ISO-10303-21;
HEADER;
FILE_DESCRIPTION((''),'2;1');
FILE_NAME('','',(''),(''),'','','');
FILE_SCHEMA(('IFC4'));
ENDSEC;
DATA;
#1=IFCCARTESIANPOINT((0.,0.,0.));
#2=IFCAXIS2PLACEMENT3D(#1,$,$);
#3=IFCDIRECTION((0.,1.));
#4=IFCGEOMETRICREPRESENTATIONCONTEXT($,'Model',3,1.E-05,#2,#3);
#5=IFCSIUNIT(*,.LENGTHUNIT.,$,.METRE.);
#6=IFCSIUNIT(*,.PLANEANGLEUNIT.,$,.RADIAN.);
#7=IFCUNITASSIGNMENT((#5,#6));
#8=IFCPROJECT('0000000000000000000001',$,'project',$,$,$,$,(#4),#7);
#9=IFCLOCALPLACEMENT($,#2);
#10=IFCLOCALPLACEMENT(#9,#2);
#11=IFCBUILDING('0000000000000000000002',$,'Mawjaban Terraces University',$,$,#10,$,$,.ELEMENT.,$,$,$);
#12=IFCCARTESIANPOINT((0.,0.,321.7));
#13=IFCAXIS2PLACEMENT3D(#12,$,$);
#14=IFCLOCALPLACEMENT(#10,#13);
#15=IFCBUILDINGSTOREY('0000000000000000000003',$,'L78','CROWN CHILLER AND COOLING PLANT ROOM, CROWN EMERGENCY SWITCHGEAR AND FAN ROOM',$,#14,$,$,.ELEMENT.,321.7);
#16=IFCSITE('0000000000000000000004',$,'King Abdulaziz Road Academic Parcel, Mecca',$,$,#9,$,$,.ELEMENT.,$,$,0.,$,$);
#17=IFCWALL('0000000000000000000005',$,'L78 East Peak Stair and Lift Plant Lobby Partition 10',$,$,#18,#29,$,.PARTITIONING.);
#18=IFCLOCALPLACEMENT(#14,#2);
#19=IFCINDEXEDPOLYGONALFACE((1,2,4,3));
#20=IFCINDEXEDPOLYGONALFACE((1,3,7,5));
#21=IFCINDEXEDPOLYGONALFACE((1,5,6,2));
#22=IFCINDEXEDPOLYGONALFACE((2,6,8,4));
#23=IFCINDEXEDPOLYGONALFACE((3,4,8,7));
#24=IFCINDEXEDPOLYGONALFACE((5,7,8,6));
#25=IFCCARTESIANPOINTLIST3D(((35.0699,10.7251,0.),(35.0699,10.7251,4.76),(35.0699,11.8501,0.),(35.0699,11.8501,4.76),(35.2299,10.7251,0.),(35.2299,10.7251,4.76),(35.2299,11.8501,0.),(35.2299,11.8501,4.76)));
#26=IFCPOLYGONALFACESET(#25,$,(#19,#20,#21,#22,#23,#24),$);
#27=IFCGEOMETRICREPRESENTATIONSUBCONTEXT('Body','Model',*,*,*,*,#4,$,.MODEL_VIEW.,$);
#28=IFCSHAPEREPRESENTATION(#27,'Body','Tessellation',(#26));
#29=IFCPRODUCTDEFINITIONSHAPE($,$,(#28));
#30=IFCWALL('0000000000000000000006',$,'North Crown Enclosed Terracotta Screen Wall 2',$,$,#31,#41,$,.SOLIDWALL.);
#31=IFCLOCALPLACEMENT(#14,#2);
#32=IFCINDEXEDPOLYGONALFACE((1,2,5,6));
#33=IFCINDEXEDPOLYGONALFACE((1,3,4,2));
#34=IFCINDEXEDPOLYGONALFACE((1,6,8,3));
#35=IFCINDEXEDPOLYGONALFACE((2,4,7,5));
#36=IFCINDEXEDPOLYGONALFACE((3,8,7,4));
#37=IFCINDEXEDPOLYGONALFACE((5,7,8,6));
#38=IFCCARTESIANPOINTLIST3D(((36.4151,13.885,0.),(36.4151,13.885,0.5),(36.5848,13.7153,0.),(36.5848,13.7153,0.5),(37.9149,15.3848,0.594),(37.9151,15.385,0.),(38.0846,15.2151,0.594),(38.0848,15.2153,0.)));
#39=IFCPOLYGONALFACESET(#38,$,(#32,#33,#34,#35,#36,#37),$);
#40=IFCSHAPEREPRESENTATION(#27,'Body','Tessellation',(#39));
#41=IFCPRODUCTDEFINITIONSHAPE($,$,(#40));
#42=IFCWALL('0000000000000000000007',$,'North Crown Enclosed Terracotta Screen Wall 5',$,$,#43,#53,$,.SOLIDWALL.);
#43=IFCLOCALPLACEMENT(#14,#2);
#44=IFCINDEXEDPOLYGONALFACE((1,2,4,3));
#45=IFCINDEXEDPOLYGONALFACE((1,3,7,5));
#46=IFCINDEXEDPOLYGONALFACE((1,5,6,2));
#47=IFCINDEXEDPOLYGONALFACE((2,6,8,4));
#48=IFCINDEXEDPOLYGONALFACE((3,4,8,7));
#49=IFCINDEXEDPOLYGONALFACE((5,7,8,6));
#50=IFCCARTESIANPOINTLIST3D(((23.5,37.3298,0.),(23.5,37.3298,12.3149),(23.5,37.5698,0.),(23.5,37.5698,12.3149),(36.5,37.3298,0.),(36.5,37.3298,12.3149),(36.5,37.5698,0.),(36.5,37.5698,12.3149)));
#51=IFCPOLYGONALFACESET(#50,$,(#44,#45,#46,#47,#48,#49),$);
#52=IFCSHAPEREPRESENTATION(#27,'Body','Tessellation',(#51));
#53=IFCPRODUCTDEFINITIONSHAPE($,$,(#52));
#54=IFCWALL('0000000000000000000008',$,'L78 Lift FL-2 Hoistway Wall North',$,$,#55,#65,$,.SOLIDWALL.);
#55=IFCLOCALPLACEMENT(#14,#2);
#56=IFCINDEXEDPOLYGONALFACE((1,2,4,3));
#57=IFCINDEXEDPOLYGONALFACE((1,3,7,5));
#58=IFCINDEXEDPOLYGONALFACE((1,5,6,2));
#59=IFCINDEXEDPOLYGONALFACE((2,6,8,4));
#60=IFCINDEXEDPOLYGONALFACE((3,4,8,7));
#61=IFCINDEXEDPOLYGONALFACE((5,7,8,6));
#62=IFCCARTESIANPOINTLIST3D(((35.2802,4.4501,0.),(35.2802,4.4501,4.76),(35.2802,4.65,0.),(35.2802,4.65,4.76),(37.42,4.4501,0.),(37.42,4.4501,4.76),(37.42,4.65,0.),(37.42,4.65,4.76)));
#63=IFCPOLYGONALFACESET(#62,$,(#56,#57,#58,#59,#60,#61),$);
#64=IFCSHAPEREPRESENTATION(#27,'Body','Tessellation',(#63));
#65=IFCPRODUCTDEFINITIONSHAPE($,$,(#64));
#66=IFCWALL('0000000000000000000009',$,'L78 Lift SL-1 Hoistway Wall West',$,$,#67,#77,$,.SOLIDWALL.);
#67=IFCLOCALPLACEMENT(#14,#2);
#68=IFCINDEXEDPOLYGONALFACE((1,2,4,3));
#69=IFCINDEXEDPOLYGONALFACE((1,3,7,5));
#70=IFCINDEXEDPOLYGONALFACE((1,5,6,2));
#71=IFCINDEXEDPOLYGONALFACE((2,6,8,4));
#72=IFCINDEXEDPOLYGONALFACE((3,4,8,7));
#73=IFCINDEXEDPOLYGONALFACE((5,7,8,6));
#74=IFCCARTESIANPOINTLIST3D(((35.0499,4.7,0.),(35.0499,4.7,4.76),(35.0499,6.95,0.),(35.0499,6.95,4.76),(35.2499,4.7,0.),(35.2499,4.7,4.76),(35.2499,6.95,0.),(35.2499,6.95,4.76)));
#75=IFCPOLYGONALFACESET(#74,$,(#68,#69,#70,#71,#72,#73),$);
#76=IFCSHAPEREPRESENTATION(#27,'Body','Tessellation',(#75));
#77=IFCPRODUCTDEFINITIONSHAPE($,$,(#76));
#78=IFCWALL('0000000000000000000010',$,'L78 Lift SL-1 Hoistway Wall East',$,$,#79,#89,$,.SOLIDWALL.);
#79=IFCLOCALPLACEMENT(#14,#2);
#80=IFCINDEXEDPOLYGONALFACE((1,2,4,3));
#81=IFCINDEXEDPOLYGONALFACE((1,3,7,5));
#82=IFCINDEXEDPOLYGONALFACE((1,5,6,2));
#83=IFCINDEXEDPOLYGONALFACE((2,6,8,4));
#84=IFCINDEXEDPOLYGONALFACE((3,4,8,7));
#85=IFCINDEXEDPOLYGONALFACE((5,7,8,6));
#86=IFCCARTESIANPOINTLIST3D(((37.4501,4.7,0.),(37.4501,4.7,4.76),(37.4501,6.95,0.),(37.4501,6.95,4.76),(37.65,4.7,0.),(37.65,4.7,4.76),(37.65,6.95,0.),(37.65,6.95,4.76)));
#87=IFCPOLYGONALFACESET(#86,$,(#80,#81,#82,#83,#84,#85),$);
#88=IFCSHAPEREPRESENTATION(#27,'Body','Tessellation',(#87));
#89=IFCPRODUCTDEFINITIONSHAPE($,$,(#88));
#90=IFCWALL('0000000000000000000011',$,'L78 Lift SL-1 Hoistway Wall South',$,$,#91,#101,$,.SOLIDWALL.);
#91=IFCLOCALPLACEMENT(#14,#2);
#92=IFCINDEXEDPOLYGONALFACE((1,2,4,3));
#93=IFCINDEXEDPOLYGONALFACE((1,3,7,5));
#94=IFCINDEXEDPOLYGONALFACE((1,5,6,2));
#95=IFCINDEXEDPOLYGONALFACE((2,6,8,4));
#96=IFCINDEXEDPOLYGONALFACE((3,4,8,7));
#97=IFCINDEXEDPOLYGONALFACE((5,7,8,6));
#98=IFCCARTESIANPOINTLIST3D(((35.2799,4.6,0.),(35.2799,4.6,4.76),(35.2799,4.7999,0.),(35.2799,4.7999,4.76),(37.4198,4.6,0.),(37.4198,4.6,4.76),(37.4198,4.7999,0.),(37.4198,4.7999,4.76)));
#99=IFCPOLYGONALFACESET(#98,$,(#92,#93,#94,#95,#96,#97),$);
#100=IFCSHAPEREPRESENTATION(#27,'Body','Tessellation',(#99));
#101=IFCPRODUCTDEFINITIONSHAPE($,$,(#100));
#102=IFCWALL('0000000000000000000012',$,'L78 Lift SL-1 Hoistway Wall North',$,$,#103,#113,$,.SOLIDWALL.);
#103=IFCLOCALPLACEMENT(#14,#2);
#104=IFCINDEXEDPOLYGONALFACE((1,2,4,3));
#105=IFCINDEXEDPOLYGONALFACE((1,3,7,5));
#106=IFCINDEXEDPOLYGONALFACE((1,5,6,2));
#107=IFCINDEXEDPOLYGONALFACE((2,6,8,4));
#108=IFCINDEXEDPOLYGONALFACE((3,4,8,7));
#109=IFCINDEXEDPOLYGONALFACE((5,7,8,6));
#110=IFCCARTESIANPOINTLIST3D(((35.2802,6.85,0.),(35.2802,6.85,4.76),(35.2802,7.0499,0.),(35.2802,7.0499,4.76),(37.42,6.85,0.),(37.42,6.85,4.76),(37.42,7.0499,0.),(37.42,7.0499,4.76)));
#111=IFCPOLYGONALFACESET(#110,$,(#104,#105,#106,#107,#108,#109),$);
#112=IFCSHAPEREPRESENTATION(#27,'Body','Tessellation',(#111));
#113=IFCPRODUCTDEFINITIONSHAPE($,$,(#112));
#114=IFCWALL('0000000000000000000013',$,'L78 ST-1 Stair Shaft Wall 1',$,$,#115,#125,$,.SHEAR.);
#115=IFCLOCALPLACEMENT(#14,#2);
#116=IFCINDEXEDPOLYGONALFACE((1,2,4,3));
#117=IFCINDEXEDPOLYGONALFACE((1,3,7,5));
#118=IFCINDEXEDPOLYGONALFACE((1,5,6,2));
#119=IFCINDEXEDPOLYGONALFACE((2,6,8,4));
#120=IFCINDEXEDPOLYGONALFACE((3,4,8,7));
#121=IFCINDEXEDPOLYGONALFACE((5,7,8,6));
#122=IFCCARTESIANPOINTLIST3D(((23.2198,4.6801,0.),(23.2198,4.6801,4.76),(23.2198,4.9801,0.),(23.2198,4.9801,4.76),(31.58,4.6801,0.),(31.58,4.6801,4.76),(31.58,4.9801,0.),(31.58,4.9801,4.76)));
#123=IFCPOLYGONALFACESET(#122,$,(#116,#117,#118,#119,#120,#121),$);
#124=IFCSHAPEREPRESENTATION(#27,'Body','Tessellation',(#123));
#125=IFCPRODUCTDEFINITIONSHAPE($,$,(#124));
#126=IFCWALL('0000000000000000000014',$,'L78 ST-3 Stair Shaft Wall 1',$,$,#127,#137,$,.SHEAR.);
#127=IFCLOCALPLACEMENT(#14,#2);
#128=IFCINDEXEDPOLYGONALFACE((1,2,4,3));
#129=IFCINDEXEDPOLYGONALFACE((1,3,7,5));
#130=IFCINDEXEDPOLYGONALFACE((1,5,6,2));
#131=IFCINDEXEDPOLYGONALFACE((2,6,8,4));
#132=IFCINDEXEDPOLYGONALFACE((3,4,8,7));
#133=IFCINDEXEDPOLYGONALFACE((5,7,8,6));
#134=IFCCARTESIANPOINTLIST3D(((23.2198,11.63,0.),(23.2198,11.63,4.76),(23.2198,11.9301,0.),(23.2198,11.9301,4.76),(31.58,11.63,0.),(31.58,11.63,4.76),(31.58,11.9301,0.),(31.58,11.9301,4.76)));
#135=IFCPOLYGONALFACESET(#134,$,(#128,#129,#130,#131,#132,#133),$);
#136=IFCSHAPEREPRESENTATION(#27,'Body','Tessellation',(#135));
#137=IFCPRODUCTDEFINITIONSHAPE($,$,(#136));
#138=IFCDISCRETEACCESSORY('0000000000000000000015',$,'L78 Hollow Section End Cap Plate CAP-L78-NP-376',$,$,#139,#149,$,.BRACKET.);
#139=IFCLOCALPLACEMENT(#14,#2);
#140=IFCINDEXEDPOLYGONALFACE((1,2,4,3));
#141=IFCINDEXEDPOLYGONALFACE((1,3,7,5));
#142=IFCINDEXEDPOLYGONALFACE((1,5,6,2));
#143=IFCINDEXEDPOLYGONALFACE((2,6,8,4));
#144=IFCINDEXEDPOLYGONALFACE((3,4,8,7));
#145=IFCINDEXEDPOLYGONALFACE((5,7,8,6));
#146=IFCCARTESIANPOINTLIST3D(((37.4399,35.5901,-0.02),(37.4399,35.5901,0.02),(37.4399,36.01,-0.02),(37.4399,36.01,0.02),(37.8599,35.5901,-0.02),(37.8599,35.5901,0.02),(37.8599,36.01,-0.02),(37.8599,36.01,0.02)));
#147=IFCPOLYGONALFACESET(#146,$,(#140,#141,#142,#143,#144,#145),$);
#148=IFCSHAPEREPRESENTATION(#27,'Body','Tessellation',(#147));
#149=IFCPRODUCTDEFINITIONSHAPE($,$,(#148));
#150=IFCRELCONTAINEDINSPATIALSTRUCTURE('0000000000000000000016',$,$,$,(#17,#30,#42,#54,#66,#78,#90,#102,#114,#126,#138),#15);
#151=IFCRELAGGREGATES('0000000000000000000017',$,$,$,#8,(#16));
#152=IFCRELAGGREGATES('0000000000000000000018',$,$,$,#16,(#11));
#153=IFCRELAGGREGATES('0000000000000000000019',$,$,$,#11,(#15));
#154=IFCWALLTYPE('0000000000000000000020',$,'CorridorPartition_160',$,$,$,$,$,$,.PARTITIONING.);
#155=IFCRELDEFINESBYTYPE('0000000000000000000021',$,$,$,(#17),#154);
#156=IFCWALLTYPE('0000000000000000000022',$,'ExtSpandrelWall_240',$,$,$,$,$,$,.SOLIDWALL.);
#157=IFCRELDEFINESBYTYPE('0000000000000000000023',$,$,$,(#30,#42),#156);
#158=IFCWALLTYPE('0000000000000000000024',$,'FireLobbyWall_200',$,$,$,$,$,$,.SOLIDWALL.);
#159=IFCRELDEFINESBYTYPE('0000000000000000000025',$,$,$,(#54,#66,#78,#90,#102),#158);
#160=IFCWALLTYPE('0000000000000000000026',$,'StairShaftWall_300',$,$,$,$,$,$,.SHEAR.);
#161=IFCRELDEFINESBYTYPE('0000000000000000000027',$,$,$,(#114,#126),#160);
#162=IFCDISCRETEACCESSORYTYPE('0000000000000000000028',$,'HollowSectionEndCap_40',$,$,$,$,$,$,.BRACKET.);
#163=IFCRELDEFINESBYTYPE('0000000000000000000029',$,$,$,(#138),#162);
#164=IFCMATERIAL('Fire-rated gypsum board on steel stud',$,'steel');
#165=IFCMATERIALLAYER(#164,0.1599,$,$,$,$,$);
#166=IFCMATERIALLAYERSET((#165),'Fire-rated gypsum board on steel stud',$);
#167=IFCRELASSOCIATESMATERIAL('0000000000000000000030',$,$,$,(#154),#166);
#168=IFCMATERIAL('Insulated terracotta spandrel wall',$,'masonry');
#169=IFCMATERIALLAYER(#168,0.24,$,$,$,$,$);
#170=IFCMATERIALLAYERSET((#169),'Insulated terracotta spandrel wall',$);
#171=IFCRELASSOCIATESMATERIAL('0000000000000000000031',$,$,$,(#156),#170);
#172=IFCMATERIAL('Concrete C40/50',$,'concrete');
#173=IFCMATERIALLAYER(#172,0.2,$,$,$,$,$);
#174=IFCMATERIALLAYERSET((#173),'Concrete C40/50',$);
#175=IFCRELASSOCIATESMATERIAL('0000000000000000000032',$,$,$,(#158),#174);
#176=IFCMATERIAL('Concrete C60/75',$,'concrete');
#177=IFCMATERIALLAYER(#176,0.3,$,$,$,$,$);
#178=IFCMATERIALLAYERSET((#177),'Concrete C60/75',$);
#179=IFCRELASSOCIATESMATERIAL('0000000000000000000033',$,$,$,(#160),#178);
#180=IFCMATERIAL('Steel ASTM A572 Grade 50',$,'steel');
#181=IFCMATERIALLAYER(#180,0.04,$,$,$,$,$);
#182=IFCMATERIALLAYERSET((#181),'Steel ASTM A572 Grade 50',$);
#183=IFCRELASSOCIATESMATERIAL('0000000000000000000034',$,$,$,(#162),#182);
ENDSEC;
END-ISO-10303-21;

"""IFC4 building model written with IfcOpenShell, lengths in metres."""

from ifc_helpers import new_model, si_unit, direction, frame, frame_2d, origin, origin_2d, place, context, subcontext, project, spatial, polyline, rectangle, outline, extrude, material, layer, layer_set, type_object, element, save


model = new_model("IFC4")

# Units and contexts
model_context = context("Model", 3, precision=1e-05, world=origin(), true_north=direction((0.0, 1.0)))
body_context = subcontext(model_context, "Body", "Model", "MODEL_VIEW")
ifc_project = project(units=[si_unit("LENGTHUNIT", "METRE"), si_unit("PLANEANGLEUNIT", "RADIAN")], contexts=[model_context])

# Site, building, storey
site_placement = place(None, origin())
site = spatial("IfcSite", under=ifc_project, at=site_placement, Name="King Abdulaziz Road Academic Parcel, Mecca", CompositionType="ELEMENT", RefElevation=0.0)
building_placement = place(site_placement, origin())
building = spatial("IfcBuilding", under=site, at=building_placement, Name="Mawjaban Terraces University", CompositionType="ELEMENT")
storey_placement = place(building_placement, frame((0.0, 0.0, 321.7)))
storey = spatial("IfcBuildingStorey", under=building, at=storey_placement, Name="L78", Description="CROWN CHILLER AND COOLING PLANT ROOM, CROWN EMERGENCY SWITCHGEAR AND FAN ROOM", CompositionType="ELEMENT", Elevation=321.7)

# Shared definitions
ifc_material_1 = material(Name="Fire-rated gypsum board on steel stud", Category="steel")
ifc_layer_1 = layer(ifc_material_1, 0.1599)
ifc_layer_set_1 = layer_set([ifc_layer_1], Name="Fire-rated gypsum board on steel stud")
wall_type_1 = type_object("IfcWallType", Name="CorridorPartition_160", PredefinedType="PARTITIONING", material=ifc_layer_set_1)

# Walls
wall_1_placement = place(storey_placement, frame((35.1499, 10.7251, 0.0), z_axis=(0.0, 0.0, 1.0), x_axis=(0.0, 1.0, 0.0)))
element("IfcWall", 1, at=wall_1_placement, inside=storey, type_object=wall_type_1, Name="L78 East Peak Stair and Lift Plant Lobby Partition 10", PredefinedType="PARTITIONING", context=body_context, shape_type="SweptSolid", body=[
    extrude(rectangle(XDim=1.125, YDim=0.1599, at=frame_2d((0.5625, 0.0))), origin(), (0.0, 0.0, 1.0), 4.76),
])
ifc_material_2 = material(Name="Insulated terracotta spandrel wall", Category="masonry")
ifc_layer_2 = layer(ifc_material_2, 0.24)
ifc_layer_set_2 = layer_set([ifc_layer_2], Name="Insulated terracotta spandrel wall")
wall_type_2 = type_object("IfcWallType", Name="ExtSpandrelWall_240", PredefinedType="SOLIDWALL", material=ifc_layer_set_2)
wall_2_placement = place(storey_placement, frame((36.5, 13.8, 0.0), z_axis=(0.0, 0.0, 1.0), x_axis=(0.707107, 0.707107, 0.0)))
element("IfcWall", 2, at=wall_2_placement, inside=storey, type_object=wall_type_2, Name="North Crown Enclosed Terracotta Screen Wall 2", PredefinedType="SOLIDWALL", context=body_context, shape_type="SweptSolid", body=[
    extrude(outline(polyline([(0.0, 0.0), (2.1213, 0.0), (2.1211, 0.594), (0.0, 0.5), (0.0, 0.0)])), frame((0.0, 0.1201, 0.0), z_axis=(0.0, -1.0, 0.0), x_axis=(1.0, 0.0, 0.0)), (0.0, 0.0, 1.0), 0.24),
])
wall_3_placement = place(storey_placement, frame((36.5, 37.45, 0.0), z_axis=(0.0, 0.0, 1.0), x_axis=(-1.0, 0.0, 0.0)))
element("IfcWall", 3, at=wall_3_placement, inside=storey, type_object=wall_type_2, Name="North Crown Enclosed Terracotta Screen Wall 5", PredefinedType="SOLIDWALL", context=body_context, shape_type="SweptSolid", body=[
    extrude(outline(polyline([(0.0, 0.0), (13.0, 0.0), (13.0, 12.3149), (0.0, 12.3149), (0.0, 0.0)])), frame((0.0, 0.1201, 0.0), z_axis=(0.0, -1.0, 0.0), x_axis=(1.0, 0.0, 0.0)), (0.0, 0.0, 1.0), 0.24),
])
ifc_material_3 = material(Name="Concrete C40/50", Category="concrete")
ifc_layer_3 = layer(ifc_material_3, 0.2)
ifc_layer_set_3 = layer_set([ifc_layer_3], Name="Concrete C40/50")
wall_type_3 = type_object("IfcWallType", Name="FireLobbyWall_200", PredefinedType="SOLIDWALL", material=ifc_layer_set_3)
wall_4_placement = place(storey_placement, frame((37.4199, 4.55, 0.0), z_axis=(0.0, 0.0, 1.0), x_axis=(-1.0, 0.0, 0.0)))
element("IfcWall", 4, at=wall_4_placement, inside=storey, type_object=wall_type_3, Name="L78 Lift FL-2 Hoistway Wall North", PredefinedType="SOLIDWALL", context=body_context, shape_type="SweptSolid", body=[
    extrude(rectangle(XDim=2.1399, YDim=0.2, at=frame_2d((1.0698, 0.0))), origin(), (0.0, 0.0, 1.0), 4.76),
])
for number, where, z_axis, x_axis, name in (
    (5, (35.1499, 6.95, 0.0), (0.0, 0.0, 1.0), (0.0, -1.0, 0.0), "L78 Lift SL-1 Hoistway Wall West"),
    (6, (37.55, 4.7, 0.0), (0.0, 0.0, 1.0), (0.0, 1.0, 0.0), "L78 Lift SL-1 Hoistway Wall East"),
):
    element("IfcWall", number, at=place(storey_placement, frame(where, z_axis=z_axis, x_axis=x_axis)), inside=storey, type_object=wall_type_3, Name=name, PredefinedType="SOLIDWALL", context=body_context, shape_type="SweptSolid", body=[
        extrude(rectangle(XDim=2.25, YDim=0.2, at=frame_2d((1.125, 0.0))), origin(), (0.0, 0.0, 1.0), 4.76),
    ])
for number, where, z_axis, x_axis, name in (
    (7, (35.28, 4.7, 0.0), (0.0, 0.0, 1.0), (1.0, 0.0, 0.0), "L78 Lift SL-1 Hoistway Wall South"),
    (8, (37.4199, 6.95, 0.0), (0.0, 0.0, 1.0), (-1.0, 0.0, 0.0), "L78 Lift SL-1 Hoistway Wall North"),
):
    element("IfcWall", number, at=place(storey_placement, frame(where, z_axis=z_axis, x_axis=x_axis)), inside=storey, type_object=wall_type_3, Name=name, PredefinedType="SOLIDWALL", context=body_context, shape_type="SweptSolid", body=[
        extrude(rectangle(XDim=2.1399, YDim=0.2, at=frame_2d((1.0698, 0.0))), origin(), (0.0, 0.0, 1.0), 4.76),
    ])
ifc_material_4 = material(Name="Concrete C60/75", Category="concrete")
ifc_layer_4 = layer(ifc_material_4, 0.3)
ifc_layer_set_4 = layer_set([ifc_layer_4], Name="Concrete C60/75")
wall_type_4 = type_object("IfcWallType", Name="StairShaftWall_300", PredefinedType="SHEAR", material=ifc_layer_set_4)
for number, where, z_axis, x_axis, name in (
    (9, (31.5801, 4.8301, 0.0), (0.0, 0.0, 1.0), (-1.0, 0.0, 0.0), "L78 ST-1 Stair Shaft Wall 1"),
    (10, (31.5801, 11.78, 0.0), (0.0, 0.0, 1.0), (-1.0, 0.0, 0.0), "L78 ST-3 Stair Shaft Wall 1"),
):
    element("IfcWall", number, at=place(storey_placement, frame(where, z_axis=z_axis, x_axis=x_axis)), inside=storey, type_object=wall_type_4, Name=name, PredefinedType="SHEAR", context=body_context, shape_type="SweptSolid", body=[
        extrude(rectangle(XDim=8.3601, YDim=0.3, at=frame_2d((4.1802, 0.0))), origin(), (0.0, 0.0, 1.0), 4.76),
    ])

# Discrete accessory
ifc_material_5 = material(Name="Steel ASTM A572 Grade 50", Category="steel")
ifc_layer_5 = layer(ifc_material_5, 0.04)
ifc_layer_set_5 = layer_set([ifc_layer_5], Name="Steel ASTM A572 Grade 50")
discrete_accessory_type = type_object("IfcDiscreteAccessoryType", Name="HollowSectionEndCap_40", PredefinedType="BRACKET", material=ifc_layer_set_5)
discrete_accessory_placement = place(storey_placement, frame((37.6499, 35.8, -0.02), z_axis=(0.0, 0.0, 1.0), x_axis=(1.0, 0.0, 0.0)))
element("IfcDiscreteAccessory", 11, at=discrete_accessory_placement, inside=storey, type_object=discrete_accessory_type, Name="L78 Hollow Section End Cap Plate CAP-L78-NP-376", PredefinedType="BRACKET", context=body_context, shape_type="SweptSolid", body=[
    extrude(rectangle(XDim=0.4199, YDim=0.4199, at=origin_2d()), origin(), (0.0, 0.0, 1.0), 0.04),
])

save(model, "model.ifc")
